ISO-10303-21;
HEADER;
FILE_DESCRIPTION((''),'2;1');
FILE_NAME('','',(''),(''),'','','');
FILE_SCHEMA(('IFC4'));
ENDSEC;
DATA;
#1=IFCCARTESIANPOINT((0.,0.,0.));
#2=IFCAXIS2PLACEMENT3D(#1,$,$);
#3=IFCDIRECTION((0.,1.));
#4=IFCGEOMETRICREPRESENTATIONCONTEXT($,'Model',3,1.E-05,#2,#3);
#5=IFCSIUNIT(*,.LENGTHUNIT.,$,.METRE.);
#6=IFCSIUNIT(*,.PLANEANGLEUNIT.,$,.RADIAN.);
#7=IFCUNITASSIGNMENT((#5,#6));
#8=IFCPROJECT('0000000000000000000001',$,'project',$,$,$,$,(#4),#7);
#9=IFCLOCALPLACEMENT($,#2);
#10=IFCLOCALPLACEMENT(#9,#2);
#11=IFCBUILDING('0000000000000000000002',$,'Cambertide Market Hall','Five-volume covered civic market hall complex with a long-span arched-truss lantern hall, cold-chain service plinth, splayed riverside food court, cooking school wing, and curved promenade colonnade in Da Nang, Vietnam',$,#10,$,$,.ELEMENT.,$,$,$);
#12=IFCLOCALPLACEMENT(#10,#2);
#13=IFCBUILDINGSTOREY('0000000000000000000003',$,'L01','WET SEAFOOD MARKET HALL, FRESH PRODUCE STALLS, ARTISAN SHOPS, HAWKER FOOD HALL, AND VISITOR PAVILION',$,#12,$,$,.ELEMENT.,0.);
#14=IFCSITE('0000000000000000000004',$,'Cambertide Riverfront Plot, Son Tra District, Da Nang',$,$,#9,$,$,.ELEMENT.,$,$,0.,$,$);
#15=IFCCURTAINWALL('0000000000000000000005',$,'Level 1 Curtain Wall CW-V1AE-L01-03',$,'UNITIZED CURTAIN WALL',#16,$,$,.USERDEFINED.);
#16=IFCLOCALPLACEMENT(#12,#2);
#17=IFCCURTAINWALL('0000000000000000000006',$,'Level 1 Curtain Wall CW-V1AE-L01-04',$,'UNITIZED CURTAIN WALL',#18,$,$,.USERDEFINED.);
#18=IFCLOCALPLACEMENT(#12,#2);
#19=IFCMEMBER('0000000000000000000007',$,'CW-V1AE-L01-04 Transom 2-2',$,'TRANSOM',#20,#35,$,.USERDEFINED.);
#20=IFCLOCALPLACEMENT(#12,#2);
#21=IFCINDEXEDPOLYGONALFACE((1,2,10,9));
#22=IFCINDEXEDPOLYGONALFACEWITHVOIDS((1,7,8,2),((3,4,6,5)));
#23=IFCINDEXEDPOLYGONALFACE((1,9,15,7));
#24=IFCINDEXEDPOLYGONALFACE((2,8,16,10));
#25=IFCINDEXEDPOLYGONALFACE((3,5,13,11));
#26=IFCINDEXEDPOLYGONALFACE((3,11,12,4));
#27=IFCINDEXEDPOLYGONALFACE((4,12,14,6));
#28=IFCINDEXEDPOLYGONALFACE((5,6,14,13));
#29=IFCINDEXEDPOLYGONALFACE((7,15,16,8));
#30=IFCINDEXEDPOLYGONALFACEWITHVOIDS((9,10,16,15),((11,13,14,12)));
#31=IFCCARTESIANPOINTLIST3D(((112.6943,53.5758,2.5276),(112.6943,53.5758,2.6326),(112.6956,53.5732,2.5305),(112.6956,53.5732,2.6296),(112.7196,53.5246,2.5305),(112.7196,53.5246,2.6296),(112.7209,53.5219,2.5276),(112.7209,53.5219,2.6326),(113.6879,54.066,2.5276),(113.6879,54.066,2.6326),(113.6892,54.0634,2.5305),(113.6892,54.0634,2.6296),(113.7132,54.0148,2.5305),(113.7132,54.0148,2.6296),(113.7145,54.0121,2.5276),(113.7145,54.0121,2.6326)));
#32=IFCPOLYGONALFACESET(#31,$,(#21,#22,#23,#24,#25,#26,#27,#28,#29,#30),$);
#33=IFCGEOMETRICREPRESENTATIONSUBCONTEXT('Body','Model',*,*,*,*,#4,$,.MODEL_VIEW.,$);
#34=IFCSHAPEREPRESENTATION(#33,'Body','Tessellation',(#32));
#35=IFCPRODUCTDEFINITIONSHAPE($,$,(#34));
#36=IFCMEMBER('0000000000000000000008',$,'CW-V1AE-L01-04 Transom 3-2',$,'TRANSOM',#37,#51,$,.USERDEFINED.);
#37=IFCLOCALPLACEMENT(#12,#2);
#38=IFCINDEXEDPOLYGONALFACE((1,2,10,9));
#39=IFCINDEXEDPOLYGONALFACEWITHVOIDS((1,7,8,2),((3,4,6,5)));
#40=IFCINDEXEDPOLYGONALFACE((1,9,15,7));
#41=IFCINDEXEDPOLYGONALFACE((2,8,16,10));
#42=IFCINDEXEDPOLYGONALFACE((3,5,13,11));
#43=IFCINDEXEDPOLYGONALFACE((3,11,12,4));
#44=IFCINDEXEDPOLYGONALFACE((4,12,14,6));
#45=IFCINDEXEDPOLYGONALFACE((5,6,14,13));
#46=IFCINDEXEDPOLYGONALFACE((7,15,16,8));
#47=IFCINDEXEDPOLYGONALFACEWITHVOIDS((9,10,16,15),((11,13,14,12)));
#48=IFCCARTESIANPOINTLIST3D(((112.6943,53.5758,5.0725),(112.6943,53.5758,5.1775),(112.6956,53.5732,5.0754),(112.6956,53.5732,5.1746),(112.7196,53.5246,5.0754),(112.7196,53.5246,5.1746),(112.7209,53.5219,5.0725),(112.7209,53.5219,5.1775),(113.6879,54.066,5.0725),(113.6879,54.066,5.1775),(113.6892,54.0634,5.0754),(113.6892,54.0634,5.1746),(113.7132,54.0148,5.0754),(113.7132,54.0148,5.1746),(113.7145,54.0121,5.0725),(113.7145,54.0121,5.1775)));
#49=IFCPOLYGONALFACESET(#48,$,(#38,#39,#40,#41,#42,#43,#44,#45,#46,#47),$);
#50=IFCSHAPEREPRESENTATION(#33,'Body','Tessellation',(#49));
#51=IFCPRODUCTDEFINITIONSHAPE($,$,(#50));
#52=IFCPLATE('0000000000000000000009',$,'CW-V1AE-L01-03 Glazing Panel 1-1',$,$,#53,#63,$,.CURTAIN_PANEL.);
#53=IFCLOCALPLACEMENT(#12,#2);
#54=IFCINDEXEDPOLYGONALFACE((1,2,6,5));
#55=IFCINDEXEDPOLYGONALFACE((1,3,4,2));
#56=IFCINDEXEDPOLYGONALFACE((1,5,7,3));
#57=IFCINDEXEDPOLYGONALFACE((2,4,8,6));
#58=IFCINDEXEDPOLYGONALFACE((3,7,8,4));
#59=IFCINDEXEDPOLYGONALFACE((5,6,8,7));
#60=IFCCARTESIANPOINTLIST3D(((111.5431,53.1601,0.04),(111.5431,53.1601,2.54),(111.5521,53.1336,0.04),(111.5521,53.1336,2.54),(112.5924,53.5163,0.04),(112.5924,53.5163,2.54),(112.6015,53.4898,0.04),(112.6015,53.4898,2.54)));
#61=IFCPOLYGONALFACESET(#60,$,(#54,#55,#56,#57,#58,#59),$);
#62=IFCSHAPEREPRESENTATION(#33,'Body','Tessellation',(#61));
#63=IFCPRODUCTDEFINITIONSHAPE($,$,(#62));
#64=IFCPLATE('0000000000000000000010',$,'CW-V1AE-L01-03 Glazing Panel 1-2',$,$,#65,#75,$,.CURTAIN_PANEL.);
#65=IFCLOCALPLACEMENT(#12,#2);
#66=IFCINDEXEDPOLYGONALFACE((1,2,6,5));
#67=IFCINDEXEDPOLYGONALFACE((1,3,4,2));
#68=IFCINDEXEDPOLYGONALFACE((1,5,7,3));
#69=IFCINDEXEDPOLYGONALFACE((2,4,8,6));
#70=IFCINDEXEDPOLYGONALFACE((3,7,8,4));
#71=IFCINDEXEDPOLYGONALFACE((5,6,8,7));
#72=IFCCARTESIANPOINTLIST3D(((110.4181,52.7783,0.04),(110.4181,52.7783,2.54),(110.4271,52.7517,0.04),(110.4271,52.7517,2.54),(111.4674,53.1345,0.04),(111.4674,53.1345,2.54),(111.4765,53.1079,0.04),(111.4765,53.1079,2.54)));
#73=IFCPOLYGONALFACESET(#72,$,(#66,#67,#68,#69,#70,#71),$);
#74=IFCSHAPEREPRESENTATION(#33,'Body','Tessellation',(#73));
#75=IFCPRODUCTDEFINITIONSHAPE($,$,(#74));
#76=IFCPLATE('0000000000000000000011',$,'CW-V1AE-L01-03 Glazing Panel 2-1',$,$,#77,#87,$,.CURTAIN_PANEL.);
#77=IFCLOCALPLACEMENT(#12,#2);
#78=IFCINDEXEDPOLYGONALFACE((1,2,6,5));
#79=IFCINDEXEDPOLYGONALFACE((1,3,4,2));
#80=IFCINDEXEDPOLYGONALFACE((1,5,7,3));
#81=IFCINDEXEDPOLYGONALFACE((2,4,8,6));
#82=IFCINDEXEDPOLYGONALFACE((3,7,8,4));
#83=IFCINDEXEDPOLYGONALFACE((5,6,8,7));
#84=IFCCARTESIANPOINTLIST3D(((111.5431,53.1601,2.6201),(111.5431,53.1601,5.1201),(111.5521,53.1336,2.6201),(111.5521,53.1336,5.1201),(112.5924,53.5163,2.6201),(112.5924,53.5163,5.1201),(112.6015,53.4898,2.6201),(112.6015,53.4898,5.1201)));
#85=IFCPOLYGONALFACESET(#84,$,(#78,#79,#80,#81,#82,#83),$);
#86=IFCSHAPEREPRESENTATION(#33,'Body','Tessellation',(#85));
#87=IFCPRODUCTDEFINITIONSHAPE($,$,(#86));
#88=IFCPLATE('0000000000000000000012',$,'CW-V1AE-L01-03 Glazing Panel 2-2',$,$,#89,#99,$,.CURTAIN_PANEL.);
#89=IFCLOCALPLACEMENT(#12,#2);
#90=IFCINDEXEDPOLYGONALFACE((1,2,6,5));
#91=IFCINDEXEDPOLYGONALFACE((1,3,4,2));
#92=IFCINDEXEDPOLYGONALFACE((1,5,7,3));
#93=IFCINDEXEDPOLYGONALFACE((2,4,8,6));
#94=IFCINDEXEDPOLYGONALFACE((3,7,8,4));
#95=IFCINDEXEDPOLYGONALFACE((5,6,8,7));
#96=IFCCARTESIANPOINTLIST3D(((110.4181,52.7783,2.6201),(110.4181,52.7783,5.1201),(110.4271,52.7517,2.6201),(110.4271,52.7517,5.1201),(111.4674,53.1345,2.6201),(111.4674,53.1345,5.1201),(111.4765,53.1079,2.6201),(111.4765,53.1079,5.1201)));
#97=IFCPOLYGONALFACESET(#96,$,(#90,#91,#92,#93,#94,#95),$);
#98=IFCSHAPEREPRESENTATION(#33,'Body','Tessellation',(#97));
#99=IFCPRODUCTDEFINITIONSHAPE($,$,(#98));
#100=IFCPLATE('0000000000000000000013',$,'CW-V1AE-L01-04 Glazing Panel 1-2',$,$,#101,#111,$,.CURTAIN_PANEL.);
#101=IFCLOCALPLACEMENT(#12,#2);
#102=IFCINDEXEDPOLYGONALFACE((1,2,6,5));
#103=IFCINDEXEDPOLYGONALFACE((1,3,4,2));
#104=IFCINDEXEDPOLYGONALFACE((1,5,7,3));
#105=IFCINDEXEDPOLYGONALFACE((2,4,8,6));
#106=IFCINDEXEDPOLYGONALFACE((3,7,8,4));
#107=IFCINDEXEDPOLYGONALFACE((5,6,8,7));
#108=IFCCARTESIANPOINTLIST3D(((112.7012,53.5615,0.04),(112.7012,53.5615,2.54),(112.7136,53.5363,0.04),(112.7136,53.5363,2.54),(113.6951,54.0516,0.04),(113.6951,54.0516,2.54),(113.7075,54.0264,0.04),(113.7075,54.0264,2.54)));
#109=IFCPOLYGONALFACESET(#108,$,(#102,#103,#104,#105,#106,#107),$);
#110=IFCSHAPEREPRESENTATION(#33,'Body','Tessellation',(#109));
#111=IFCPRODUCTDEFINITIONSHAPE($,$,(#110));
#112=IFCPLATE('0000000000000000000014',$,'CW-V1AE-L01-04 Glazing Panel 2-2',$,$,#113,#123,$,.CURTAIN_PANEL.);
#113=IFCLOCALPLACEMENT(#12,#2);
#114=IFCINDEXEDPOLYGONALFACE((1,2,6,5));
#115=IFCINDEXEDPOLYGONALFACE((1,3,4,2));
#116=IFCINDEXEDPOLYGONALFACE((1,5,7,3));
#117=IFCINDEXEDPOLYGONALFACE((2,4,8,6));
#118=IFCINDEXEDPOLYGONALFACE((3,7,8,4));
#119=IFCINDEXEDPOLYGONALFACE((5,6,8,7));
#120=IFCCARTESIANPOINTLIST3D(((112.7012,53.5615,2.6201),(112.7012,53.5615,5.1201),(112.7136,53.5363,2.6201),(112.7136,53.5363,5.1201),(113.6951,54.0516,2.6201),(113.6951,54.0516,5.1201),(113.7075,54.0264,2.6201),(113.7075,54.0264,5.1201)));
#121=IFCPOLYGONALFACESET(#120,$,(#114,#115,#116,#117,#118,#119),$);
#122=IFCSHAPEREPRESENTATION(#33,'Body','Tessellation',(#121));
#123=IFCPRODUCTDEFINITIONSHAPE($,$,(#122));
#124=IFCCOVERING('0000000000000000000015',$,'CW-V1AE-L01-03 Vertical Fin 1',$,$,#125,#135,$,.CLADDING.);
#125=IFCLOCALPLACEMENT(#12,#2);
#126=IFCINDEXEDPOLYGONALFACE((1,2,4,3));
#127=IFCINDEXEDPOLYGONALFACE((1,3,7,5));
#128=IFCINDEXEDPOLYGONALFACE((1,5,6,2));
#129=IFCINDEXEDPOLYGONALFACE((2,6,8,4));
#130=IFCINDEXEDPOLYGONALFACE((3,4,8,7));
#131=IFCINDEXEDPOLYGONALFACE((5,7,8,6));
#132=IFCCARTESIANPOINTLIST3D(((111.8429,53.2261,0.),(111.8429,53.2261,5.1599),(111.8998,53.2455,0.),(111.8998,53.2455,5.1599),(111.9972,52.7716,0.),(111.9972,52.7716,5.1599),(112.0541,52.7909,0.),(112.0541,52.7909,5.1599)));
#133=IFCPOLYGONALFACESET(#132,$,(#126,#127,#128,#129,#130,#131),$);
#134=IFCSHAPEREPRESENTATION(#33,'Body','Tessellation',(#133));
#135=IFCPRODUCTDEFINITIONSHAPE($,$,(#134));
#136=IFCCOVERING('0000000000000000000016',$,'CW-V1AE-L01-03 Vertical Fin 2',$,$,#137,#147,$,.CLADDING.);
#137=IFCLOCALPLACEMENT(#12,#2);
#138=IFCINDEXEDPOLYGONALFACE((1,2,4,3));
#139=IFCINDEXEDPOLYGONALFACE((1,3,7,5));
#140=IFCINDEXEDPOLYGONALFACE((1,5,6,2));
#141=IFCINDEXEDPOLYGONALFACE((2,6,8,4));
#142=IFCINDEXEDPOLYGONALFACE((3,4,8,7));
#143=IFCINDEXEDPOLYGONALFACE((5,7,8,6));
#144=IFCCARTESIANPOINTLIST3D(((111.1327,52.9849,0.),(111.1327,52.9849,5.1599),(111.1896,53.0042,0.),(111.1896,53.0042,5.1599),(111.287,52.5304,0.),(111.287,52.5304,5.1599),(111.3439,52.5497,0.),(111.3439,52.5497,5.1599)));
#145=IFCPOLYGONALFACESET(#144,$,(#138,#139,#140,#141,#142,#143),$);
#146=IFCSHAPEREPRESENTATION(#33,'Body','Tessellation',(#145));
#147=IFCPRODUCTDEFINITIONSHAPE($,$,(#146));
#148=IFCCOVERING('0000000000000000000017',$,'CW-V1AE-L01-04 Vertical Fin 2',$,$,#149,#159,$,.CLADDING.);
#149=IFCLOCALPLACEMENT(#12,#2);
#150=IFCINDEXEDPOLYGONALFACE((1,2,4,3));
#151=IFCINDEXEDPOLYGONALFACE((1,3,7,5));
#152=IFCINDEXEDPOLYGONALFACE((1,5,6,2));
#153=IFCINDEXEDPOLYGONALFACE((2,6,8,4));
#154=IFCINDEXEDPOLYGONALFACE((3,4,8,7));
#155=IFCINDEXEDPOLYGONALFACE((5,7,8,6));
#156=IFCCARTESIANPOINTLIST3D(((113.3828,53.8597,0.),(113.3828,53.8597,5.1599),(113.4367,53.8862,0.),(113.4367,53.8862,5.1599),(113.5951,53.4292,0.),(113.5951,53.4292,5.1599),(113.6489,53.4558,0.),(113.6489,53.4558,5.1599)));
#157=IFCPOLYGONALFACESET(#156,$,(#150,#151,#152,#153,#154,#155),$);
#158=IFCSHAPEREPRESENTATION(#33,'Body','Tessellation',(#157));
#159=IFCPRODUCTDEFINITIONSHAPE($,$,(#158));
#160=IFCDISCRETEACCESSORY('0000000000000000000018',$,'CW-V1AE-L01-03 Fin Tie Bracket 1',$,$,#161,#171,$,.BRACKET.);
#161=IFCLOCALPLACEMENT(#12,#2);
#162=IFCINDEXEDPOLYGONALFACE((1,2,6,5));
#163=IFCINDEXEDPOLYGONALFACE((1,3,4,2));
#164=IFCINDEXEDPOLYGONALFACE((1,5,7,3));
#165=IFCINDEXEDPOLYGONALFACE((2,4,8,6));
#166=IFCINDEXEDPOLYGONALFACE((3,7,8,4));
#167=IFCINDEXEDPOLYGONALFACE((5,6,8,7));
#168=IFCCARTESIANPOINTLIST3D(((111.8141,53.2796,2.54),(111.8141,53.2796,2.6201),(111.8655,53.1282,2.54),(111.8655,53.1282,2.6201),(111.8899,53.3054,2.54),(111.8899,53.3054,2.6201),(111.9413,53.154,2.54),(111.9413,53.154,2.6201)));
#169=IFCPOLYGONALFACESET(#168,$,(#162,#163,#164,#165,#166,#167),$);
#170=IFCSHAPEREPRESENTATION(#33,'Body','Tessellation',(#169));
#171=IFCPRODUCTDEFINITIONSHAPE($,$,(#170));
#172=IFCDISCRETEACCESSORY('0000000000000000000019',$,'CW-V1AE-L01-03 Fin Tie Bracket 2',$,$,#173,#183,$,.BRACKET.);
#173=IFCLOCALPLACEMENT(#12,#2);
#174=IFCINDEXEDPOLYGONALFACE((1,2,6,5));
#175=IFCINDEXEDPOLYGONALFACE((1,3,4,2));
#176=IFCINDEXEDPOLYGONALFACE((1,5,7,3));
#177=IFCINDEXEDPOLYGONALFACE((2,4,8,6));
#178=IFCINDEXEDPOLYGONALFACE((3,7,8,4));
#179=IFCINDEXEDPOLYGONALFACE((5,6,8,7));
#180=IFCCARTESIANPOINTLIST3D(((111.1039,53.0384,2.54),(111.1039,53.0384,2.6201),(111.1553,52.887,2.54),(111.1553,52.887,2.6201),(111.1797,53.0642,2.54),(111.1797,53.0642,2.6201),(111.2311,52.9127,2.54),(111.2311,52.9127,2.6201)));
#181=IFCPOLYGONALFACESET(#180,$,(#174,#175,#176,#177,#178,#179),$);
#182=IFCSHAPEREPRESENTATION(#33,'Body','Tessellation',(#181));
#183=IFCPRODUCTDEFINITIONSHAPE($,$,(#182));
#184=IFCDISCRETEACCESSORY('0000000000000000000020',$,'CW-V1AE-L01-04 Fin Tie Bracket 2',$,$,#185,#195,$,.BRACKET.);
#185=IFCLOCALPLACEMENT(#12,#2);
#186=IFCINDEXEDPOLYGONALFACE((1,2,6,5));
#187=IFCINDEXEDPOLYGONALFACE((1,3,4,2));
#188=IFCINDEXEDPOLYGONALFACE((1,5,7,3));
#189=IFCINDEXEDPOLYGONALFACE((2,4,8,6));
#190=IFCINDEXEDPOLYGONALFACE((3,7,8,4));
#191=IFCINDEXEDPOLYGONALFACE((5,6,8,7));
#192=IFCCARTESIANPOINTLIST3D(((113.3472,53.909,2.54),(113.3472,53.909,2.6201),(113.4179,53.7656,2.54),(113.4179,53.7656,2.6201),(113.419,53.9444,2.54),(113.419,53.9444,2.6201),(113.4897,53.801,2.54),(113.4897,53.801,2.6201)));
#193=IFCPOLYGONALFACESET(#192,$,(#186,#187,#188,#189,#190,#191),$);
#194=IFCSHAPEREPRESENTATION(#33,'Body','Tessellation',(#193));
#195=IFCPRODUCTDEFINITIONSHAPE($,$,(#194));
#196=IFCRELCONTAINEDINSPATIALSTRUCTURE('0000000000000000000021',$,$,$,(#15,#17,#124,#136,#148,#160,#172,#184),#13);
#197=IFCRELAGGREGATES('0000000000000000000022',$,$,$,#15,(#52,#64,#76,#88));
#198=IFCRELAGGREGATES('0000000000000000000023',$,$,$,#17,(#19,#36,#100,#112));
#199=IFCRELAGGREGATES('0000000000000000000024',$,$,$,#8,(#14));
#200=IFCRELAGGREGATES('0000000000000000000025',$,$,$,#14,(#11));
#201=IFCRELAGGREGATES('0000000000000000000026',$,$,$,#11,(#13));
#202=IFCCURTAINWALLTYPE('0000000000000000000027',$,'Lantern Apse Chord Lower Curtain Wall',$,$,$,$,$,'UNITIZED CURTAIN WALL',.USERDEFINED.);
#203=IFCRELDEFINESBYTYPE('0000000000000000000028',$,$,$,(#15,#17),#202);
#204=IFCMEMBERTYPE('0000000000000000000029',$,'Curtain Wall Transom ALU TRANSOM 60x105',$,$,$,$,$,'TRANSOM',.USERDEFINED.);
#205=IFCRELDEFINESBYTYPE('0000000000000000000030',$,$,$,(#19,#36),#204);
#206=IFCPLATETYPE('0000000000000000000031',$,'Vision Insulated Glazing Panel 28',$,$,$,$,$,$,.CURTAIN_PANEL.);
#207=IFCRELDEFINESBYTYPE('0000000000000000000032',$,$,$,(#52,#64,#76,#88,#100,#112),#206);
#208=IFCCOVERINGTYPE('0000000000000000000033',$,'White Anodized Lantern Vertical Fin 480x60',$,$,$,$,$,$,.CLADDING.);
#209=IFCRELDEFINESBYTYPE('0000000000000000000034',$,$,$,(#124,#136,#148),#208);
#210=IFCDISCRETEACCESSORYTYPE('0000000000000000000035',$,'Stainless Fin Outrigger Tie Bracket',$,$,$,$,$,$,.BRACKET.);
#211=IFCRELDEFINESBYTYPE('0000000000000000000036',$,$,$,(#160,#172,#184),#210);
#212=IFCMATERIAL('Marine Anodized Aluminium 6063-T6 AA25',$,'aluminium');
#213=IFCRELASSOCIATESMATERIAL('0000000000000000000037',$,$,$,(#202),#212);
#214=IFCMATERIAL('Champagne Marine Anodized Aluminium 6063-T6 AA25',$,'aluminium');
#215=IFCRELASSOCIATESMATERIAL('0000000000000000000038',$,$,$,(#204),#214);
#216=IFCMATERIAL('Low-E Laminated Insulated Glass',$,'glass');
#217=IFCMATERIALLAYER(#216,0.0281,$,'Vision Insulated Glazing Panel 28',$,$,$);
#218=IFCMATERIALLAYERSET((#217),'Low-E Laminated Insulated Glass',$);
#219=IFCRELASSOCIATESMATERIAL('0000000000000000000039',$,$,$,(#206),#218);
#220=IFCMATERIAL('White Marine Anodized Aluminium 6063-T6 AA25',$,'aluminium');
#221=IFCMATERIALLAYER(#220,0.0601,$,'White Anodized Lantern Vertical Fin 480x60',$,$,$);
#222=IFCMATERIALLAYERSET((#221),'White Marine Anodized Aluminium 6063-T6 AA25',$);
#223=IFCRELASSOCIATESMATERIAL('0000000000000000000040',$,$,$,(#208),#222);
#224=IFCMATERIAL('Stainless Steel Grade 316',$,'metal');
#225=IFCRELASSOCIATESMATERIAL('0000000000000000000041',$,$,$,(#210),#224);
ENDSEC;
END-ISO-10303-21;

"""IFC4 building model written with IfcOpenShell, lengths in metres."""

from ifc_helpers import new_model, si_unit, direction, frame, origin, origin_2d, place, context, subcontext, project, spatial, rectangle, hollow_rectangle, extrude, material, layer, layer_set, material_profile, profile_set, type_object, element, aggregate, save


model = new_model("IFC4")

# Units and contexts
model_context = context("Model", 3, precision=1e-05, world=origin(), true_north=direction((0.0, 1.0)))
body_context = subcontext(model_context, "Body", "Model", "MODEL_VIEW")
ifc_project = project(units=[si_unit("LENGTHUNIT", "METRE"), si_unit("PLANEANGLEUNIT", "RADIAN")], contexts=[model_context])

# Site, building, storey
site_placement = place(None, origin())
site = spatial("IfcSite", under=ifc_project, at=site_placement, Name="Cambertide Riverfront Plot, Son Tra District, Da Nang", CompositionType="ELEMENT", RefElevation=0.0)
building_placement = place(site_placement, origin())
building = spatial("IfcBuilding", under=site, at=building_placement, Name="Cambertide Market Hall", Description="Five-volume covered civic market hall complex with a long-span arched-truss lantern hall, cold-chain service plinth, splayed riverside food court, cooking school wing, and curved promenade colonnade in Da Nang, Vietnam", CompositionType="ELEMENT")
storey_placement = place(building_placement, origin())
storey = spatial("IfcBuildingStorey", under=building, at=storey_placement, Name="L01", Description="WET SEAFOOD MARKET HALL, FRESH PRODUCE STALLS, ARTISAN SHOPS, HAWKER FOOD HALL, AND VISITOR PAVILION", CompositionType="ELEMENT", Elevation=0.0)

# Curtain walls
ifc_material_1 = material(Name="Marine Anodized Aluminium 6063-T6 AA25", Category="aluminium")
curtain_wall_type = type_object("IfcCurtainWallType", Name="Lantern Apse Chord Lower Curtain Wall", ElementType="UNITIZED CURTAIN WALL", PredefinedType="USERDEFINED", material=ifc_material_1)
curtain_wall_1_placement = place(storey_placement, origin())
curtain_wall_1 = element("IfcCurtainWall", 1, at=curtain_wall_1_placement, inside=storey, type_object=curtain_wall_type, Name="Level 1 Curtain Wall CW-V1AE-L01-03", ObjectType="UNITIZED CURTAIN WALL", PredefinedType="USERDEFINED")
curtain_wall_2_placement = place(storey_placement, origin())
curtain_wall_2 = element("IfcCurtainWall", 2, at=curtain_wall_2_placement, inside=storey, type_object=curtain_wall_type, Name="Level 1 Curtain Wall CW-V1AE-L01-04", ObjectType="UNITIZED CURTAIN WALL", PredefinedType="USERDEFINED")

# Members
ifc_material_2 = material(Name="Champagne Marine Anodized Aluminium 6063-T6 AA25", Category="aluminium")
ifc_material_profile_1 = material_profile(ifc_material_2, hollow_rectangle(XDim=0.0601, YDim=0.105, WallThickness=0.0029, at=origin_2d()), Name="ALU TRANSOM 60x105")
ifc_profile_set_1 = profile_set([ifc_material_profile_1], Name="Champagne Marine Anodized Aluminium 6063-T6 AA25")
member_type_1 = type_object("IfcMemberType", Name="Curtain Wall Transom ALU TRANSOM 60x105", ElementType="TRANSOM", PredefinedType="USERDEFINED", material=ifc_profile_set_1)
member_1_placement = place(storey_placement, frame((113.7012, 54.0391, 2.5801), z_axis=(-0.896794, -0.442448, 0.0), x_axis=(0.442448, -0.896794, 0.0)))
member_1 = element("IfcMember", 3, at=member_1_placement, type_object=member_type_1, Name="CW-V1AE-L01-04 Transom 2-2", ObjectType="TRANSOM", PredefinedType="USERDEFINED", context=body_context, shape_type="SweptSolid", body=[
    extrude(hollow_rectangle(XDim=0.0601, YDim=0.105, WallThickness=0.0029, at=origin_2d()), origin(), (0.0, 0.0, 1.0), 1.1079),
])
member_2_placement = place(storey_placement, frame((113.7012, 54.0391, 5.125), z_axis=(-0.896794, -0.442448, 0.0), x_axis=(0.442448, -0.896794, 0.0)))
member_2 = element("IfcMember", 4, at=member_2_placement, type_object=member_type_1, Name="CW-V1AE-L01-04 Transom 3-2", ObjectType="TRANSOM", PredefinedType="USERDEFINED", context=body_context, shape_type="SweptSolid", body=[
    extrude(hollow_rectangle(XDim=0.0601, YDim=0.105, WallThickness=0.0029, at=origin_2d()), origin(), (0.0, 0.0, 1.0), 1.1079),
])

# Plates
ifc_material_3 = material(Name="Low-E Laminated Insulated Glass", Category="glass")
ifc_layer_1 = layer(ifc_material_3, 0.0281, Name="Vision Insulated Glazing Panel 28")
ifc_layer_set_1 = layer_set([ifc_layer_1], Name="Low-E Laminated Insulated Glass")
plate_type = type_object("IfcPlateType", Name="Vision Insulated Glazing Panel 28", PredefinedType="CURTAIN_PANEL", material=ifc_layer_set_1)
plate_1_placement = place(storey_placement, frame((112.0723, 53.325, 0.04), z_axis=(0.0, 0.0, 1.0), x_axis=(-0.94693, -0.321439, 0.0)))
plate_1 = element("IfcPlate", 5, at=plate_1_placement, type_object=plate_type, Name="CW-V1AE-L01-03 Glazing Panel 1-1", PredefinedType="CURTAIN_PANEL", context=body_context, shape_type="SweptSolid", body=[
    extrude(rectangle(XDim=1.1082, YDim=0.0281, at=origin_2d()), origin(), (0.0, 0.0, 1.0), 2.5),
])
plate_2_placement = place(storey_placement, frame((110.9473, 52.9431, 0.04), z_axis=(0.0, 0.0, 1.0), x_axis=(-0.94693, -0.321439, 0.0)))
plate_2 = element("IfcPlate", 6, at=plate_2_placement, type_object=plate_type, Name="CW-V1AE-L01-03 Glazing Panel 1-2", PredefinedType="CURTAIN_PANEL", context=body_context, shape_type="SweptSolid", body=[
    extrude(rectangle(XDim=1.1082, YDim=0.0281, at=origin_2d()), origin(), (0.0, 0.0, 1.0), 2.5),
])
plate_3_placement = place(storey_placement, frame((112.0723, 53.325, 2.6201), z_axis=(0.0, 0.0, 1.0), x_axis=(-0.94693, -0.321439, 0.0)))
plate_3 = element("IfcPlate", 7, at=plate_3_placement, type_object=plate_type, Name="CW-V1AE-L01-03 Glazing Panel 2-1", PredefinedType="CURTAIN_PANEL", context=body_context, shape_type="SweptSolid", body=[
    extrude(rectangle(XDim=1.1082, YDim=0.0281, at=origin_2d()), origin(), (0.0, 0.0, 1.0), 2.5),
])
plate_4_placement = place(storey_placement, frame((110.9473, 52.9431, 2.6201), z_axis=(0.0, 0.0, 1.0), x_axis=(-0.94693, -0.321439, 0.0)))
plate_4 = element("IfcPlate", 8, at=plate_4_placement, type_object=plate_type, Name="CW-V1AE-L01-03 Glazing Panel 2-2", PredefinedType="CURTAIN_PANEL", context=body_context, shape_type="SweptSolid", body=[
    extrude(rectangle(XDim=1.1082, YDim=0.0281, at=origin_2d()), origin(), (0.0, 0.0, 1.0), 2.5),
])
aggregate(curtain_wall_1, [plate_1, plate_2, plate_3, plate_4])
plate_5_placement = place(storey_placement, frame((113.2043, 53.7939, 0.04), z_axis=(0.0, 0.0, 1.0), x_axis=(-0.896873, -0.442289, 0.0)))
plate_5 = element("IfcPlate", 9, at=plate_5_placement, type_object=plate_type, Name="CW-V1AE-L01-04 Glazing Panel 1-2", PredefinedType="CURTAIN_PANEL", context=body_context, shape_type="SweptSolid", body=[
    extrude(rectangle(XDim=1.1082, YDim=0.0281, at=origin_2d()), origin(), (0.0, 0.0, 1.0), 2.5),
])
plate_6_placement = place(storey_placement, frame((113.2043, 53.7939, 2.6201), z_axis=(0.0, 0.0, 1.0), x_axis=(-0.896873, -0.442289, 0.0)))
plate_6 = element("IfcPlate", 10, at=plate_6_placement, type_object=plate_type, Name="CW-V1AE-L01-04 Glazing Panel 2-2", PredefinedType="CURTAIN_PANEL", context=body_context, shape_type="SweptSolid", body=[
    extrude(rectangle(XDim=1.1082, YDim=0.0281, at=origin_2d()), origin(), (0.0, 0.0, 1.0), 2.5),
])
aggregate(curtain_wall_2, [member_1, member_2, plate_5, plate_6])

# Coverings
ifc_material_4 = material(Name="White Marine Anodized Aluminium 6063-T6 AA25", Category="aluminium")
ifc_layer_2 = layer(ifc_material_4, 0.0601, Name="White Anodized Lantern Vertical Fin 480x60")
ifc_layer_set_2 = layer_set([ifc_layer_2], Name="White Marine Anodized Aluminium 6063-T6 AA25")
covering_type = type_object("IfcCoveringType", Name="White Anodized Lantern Vertical Fin 480x60", PredefinedType="CLADDING", material=ifc_layer_set_2)
for number, where, z_axis, x_axis, name in (
    (11, (111.9485, 53.0085, 0.0), (0.0, 0.0, 1.0), (-0.94693, -0.321439, 0.0), "CW-V1AE-L01-03 Vertical Fin 1"),
    (12, (111.2383, 52.7673, 0.0), (0.0, 0.0, 1.0), (-0.94693, -0.321439, 0.0), "CW-V1AE-L01-03 Vertical Fin 2"),
    (13, (113.5159, 53.6577, 0.0), (0.0, 0.0, 1.0), (-0.896873, -0.442289, 0.0), "CW-V1AE-L01-04 Vertical Fin 2"),
):
    element("IfcCovering", number, at=place(storey_placement, frame(where, z_axis=z_axis, x_axis=x_axis)), inside=storey, type_object=covering_type, Name=name, PredefinedType="CLADDING", context=body_context, shape_type="SweptSolid", body=[
        extrude(rectangle(XDim=0.0601, YDim=0.48, at=origin_2d()), origin(), (0.0, 0.0, 1.0), 5.1599),
    ])

# Discrete accessories
ifc_material_5 = material(Name="Stainless Steel Grade 316", Category="metal")
discrete_accessory_type = type_object("IfcDiscreteAccessoryType", Name="Stainless Fin Outrigger Tie Bracket", PredefinedType="BRACKET", material=ifc_material_5)
for number, where, z_axis, x_axis, name in (
    (14, (111.8777, 53.2168, 2.54), (0.0, 0.0, 1.0), (-0.94693, -0.321439, 0.0), "CW-V1AE-L01-03 Fin Tie Bracket 1"),
    (15, (111.1675, 52.9756, 2.54), (0.0, 0.0, 1.0), (-0.94693, -0.321439, 0.0), "CW-V1AE-L01-03 Fin Tie Bracket 2"),
    (16, (113.4185, 53.855, 2.54), (0.0, 0.0, 1.0), (-0.896873, -0.442289, 0.0), "CW-V1AE-L01-04 Fin Tie Bracket 2"),
):
    element("IfcDiscreteAccessory", number, at=place(storey_placement, frame(where, z_axis=z_axis, x_axis=x_axis)), inside=storey, type_object=discrete_accessory_type, Name=name, PredefinedType="BRACKET", context=body_context, shape_type="SweptSolid", body=[
        extrude(rectangle(XDim=0.0801, YDim=0.1599, at=origin_2d()), origin(), (0.0, 0.0, 1.0), 0.0801),
    ])

save(model, "model.ifc")
